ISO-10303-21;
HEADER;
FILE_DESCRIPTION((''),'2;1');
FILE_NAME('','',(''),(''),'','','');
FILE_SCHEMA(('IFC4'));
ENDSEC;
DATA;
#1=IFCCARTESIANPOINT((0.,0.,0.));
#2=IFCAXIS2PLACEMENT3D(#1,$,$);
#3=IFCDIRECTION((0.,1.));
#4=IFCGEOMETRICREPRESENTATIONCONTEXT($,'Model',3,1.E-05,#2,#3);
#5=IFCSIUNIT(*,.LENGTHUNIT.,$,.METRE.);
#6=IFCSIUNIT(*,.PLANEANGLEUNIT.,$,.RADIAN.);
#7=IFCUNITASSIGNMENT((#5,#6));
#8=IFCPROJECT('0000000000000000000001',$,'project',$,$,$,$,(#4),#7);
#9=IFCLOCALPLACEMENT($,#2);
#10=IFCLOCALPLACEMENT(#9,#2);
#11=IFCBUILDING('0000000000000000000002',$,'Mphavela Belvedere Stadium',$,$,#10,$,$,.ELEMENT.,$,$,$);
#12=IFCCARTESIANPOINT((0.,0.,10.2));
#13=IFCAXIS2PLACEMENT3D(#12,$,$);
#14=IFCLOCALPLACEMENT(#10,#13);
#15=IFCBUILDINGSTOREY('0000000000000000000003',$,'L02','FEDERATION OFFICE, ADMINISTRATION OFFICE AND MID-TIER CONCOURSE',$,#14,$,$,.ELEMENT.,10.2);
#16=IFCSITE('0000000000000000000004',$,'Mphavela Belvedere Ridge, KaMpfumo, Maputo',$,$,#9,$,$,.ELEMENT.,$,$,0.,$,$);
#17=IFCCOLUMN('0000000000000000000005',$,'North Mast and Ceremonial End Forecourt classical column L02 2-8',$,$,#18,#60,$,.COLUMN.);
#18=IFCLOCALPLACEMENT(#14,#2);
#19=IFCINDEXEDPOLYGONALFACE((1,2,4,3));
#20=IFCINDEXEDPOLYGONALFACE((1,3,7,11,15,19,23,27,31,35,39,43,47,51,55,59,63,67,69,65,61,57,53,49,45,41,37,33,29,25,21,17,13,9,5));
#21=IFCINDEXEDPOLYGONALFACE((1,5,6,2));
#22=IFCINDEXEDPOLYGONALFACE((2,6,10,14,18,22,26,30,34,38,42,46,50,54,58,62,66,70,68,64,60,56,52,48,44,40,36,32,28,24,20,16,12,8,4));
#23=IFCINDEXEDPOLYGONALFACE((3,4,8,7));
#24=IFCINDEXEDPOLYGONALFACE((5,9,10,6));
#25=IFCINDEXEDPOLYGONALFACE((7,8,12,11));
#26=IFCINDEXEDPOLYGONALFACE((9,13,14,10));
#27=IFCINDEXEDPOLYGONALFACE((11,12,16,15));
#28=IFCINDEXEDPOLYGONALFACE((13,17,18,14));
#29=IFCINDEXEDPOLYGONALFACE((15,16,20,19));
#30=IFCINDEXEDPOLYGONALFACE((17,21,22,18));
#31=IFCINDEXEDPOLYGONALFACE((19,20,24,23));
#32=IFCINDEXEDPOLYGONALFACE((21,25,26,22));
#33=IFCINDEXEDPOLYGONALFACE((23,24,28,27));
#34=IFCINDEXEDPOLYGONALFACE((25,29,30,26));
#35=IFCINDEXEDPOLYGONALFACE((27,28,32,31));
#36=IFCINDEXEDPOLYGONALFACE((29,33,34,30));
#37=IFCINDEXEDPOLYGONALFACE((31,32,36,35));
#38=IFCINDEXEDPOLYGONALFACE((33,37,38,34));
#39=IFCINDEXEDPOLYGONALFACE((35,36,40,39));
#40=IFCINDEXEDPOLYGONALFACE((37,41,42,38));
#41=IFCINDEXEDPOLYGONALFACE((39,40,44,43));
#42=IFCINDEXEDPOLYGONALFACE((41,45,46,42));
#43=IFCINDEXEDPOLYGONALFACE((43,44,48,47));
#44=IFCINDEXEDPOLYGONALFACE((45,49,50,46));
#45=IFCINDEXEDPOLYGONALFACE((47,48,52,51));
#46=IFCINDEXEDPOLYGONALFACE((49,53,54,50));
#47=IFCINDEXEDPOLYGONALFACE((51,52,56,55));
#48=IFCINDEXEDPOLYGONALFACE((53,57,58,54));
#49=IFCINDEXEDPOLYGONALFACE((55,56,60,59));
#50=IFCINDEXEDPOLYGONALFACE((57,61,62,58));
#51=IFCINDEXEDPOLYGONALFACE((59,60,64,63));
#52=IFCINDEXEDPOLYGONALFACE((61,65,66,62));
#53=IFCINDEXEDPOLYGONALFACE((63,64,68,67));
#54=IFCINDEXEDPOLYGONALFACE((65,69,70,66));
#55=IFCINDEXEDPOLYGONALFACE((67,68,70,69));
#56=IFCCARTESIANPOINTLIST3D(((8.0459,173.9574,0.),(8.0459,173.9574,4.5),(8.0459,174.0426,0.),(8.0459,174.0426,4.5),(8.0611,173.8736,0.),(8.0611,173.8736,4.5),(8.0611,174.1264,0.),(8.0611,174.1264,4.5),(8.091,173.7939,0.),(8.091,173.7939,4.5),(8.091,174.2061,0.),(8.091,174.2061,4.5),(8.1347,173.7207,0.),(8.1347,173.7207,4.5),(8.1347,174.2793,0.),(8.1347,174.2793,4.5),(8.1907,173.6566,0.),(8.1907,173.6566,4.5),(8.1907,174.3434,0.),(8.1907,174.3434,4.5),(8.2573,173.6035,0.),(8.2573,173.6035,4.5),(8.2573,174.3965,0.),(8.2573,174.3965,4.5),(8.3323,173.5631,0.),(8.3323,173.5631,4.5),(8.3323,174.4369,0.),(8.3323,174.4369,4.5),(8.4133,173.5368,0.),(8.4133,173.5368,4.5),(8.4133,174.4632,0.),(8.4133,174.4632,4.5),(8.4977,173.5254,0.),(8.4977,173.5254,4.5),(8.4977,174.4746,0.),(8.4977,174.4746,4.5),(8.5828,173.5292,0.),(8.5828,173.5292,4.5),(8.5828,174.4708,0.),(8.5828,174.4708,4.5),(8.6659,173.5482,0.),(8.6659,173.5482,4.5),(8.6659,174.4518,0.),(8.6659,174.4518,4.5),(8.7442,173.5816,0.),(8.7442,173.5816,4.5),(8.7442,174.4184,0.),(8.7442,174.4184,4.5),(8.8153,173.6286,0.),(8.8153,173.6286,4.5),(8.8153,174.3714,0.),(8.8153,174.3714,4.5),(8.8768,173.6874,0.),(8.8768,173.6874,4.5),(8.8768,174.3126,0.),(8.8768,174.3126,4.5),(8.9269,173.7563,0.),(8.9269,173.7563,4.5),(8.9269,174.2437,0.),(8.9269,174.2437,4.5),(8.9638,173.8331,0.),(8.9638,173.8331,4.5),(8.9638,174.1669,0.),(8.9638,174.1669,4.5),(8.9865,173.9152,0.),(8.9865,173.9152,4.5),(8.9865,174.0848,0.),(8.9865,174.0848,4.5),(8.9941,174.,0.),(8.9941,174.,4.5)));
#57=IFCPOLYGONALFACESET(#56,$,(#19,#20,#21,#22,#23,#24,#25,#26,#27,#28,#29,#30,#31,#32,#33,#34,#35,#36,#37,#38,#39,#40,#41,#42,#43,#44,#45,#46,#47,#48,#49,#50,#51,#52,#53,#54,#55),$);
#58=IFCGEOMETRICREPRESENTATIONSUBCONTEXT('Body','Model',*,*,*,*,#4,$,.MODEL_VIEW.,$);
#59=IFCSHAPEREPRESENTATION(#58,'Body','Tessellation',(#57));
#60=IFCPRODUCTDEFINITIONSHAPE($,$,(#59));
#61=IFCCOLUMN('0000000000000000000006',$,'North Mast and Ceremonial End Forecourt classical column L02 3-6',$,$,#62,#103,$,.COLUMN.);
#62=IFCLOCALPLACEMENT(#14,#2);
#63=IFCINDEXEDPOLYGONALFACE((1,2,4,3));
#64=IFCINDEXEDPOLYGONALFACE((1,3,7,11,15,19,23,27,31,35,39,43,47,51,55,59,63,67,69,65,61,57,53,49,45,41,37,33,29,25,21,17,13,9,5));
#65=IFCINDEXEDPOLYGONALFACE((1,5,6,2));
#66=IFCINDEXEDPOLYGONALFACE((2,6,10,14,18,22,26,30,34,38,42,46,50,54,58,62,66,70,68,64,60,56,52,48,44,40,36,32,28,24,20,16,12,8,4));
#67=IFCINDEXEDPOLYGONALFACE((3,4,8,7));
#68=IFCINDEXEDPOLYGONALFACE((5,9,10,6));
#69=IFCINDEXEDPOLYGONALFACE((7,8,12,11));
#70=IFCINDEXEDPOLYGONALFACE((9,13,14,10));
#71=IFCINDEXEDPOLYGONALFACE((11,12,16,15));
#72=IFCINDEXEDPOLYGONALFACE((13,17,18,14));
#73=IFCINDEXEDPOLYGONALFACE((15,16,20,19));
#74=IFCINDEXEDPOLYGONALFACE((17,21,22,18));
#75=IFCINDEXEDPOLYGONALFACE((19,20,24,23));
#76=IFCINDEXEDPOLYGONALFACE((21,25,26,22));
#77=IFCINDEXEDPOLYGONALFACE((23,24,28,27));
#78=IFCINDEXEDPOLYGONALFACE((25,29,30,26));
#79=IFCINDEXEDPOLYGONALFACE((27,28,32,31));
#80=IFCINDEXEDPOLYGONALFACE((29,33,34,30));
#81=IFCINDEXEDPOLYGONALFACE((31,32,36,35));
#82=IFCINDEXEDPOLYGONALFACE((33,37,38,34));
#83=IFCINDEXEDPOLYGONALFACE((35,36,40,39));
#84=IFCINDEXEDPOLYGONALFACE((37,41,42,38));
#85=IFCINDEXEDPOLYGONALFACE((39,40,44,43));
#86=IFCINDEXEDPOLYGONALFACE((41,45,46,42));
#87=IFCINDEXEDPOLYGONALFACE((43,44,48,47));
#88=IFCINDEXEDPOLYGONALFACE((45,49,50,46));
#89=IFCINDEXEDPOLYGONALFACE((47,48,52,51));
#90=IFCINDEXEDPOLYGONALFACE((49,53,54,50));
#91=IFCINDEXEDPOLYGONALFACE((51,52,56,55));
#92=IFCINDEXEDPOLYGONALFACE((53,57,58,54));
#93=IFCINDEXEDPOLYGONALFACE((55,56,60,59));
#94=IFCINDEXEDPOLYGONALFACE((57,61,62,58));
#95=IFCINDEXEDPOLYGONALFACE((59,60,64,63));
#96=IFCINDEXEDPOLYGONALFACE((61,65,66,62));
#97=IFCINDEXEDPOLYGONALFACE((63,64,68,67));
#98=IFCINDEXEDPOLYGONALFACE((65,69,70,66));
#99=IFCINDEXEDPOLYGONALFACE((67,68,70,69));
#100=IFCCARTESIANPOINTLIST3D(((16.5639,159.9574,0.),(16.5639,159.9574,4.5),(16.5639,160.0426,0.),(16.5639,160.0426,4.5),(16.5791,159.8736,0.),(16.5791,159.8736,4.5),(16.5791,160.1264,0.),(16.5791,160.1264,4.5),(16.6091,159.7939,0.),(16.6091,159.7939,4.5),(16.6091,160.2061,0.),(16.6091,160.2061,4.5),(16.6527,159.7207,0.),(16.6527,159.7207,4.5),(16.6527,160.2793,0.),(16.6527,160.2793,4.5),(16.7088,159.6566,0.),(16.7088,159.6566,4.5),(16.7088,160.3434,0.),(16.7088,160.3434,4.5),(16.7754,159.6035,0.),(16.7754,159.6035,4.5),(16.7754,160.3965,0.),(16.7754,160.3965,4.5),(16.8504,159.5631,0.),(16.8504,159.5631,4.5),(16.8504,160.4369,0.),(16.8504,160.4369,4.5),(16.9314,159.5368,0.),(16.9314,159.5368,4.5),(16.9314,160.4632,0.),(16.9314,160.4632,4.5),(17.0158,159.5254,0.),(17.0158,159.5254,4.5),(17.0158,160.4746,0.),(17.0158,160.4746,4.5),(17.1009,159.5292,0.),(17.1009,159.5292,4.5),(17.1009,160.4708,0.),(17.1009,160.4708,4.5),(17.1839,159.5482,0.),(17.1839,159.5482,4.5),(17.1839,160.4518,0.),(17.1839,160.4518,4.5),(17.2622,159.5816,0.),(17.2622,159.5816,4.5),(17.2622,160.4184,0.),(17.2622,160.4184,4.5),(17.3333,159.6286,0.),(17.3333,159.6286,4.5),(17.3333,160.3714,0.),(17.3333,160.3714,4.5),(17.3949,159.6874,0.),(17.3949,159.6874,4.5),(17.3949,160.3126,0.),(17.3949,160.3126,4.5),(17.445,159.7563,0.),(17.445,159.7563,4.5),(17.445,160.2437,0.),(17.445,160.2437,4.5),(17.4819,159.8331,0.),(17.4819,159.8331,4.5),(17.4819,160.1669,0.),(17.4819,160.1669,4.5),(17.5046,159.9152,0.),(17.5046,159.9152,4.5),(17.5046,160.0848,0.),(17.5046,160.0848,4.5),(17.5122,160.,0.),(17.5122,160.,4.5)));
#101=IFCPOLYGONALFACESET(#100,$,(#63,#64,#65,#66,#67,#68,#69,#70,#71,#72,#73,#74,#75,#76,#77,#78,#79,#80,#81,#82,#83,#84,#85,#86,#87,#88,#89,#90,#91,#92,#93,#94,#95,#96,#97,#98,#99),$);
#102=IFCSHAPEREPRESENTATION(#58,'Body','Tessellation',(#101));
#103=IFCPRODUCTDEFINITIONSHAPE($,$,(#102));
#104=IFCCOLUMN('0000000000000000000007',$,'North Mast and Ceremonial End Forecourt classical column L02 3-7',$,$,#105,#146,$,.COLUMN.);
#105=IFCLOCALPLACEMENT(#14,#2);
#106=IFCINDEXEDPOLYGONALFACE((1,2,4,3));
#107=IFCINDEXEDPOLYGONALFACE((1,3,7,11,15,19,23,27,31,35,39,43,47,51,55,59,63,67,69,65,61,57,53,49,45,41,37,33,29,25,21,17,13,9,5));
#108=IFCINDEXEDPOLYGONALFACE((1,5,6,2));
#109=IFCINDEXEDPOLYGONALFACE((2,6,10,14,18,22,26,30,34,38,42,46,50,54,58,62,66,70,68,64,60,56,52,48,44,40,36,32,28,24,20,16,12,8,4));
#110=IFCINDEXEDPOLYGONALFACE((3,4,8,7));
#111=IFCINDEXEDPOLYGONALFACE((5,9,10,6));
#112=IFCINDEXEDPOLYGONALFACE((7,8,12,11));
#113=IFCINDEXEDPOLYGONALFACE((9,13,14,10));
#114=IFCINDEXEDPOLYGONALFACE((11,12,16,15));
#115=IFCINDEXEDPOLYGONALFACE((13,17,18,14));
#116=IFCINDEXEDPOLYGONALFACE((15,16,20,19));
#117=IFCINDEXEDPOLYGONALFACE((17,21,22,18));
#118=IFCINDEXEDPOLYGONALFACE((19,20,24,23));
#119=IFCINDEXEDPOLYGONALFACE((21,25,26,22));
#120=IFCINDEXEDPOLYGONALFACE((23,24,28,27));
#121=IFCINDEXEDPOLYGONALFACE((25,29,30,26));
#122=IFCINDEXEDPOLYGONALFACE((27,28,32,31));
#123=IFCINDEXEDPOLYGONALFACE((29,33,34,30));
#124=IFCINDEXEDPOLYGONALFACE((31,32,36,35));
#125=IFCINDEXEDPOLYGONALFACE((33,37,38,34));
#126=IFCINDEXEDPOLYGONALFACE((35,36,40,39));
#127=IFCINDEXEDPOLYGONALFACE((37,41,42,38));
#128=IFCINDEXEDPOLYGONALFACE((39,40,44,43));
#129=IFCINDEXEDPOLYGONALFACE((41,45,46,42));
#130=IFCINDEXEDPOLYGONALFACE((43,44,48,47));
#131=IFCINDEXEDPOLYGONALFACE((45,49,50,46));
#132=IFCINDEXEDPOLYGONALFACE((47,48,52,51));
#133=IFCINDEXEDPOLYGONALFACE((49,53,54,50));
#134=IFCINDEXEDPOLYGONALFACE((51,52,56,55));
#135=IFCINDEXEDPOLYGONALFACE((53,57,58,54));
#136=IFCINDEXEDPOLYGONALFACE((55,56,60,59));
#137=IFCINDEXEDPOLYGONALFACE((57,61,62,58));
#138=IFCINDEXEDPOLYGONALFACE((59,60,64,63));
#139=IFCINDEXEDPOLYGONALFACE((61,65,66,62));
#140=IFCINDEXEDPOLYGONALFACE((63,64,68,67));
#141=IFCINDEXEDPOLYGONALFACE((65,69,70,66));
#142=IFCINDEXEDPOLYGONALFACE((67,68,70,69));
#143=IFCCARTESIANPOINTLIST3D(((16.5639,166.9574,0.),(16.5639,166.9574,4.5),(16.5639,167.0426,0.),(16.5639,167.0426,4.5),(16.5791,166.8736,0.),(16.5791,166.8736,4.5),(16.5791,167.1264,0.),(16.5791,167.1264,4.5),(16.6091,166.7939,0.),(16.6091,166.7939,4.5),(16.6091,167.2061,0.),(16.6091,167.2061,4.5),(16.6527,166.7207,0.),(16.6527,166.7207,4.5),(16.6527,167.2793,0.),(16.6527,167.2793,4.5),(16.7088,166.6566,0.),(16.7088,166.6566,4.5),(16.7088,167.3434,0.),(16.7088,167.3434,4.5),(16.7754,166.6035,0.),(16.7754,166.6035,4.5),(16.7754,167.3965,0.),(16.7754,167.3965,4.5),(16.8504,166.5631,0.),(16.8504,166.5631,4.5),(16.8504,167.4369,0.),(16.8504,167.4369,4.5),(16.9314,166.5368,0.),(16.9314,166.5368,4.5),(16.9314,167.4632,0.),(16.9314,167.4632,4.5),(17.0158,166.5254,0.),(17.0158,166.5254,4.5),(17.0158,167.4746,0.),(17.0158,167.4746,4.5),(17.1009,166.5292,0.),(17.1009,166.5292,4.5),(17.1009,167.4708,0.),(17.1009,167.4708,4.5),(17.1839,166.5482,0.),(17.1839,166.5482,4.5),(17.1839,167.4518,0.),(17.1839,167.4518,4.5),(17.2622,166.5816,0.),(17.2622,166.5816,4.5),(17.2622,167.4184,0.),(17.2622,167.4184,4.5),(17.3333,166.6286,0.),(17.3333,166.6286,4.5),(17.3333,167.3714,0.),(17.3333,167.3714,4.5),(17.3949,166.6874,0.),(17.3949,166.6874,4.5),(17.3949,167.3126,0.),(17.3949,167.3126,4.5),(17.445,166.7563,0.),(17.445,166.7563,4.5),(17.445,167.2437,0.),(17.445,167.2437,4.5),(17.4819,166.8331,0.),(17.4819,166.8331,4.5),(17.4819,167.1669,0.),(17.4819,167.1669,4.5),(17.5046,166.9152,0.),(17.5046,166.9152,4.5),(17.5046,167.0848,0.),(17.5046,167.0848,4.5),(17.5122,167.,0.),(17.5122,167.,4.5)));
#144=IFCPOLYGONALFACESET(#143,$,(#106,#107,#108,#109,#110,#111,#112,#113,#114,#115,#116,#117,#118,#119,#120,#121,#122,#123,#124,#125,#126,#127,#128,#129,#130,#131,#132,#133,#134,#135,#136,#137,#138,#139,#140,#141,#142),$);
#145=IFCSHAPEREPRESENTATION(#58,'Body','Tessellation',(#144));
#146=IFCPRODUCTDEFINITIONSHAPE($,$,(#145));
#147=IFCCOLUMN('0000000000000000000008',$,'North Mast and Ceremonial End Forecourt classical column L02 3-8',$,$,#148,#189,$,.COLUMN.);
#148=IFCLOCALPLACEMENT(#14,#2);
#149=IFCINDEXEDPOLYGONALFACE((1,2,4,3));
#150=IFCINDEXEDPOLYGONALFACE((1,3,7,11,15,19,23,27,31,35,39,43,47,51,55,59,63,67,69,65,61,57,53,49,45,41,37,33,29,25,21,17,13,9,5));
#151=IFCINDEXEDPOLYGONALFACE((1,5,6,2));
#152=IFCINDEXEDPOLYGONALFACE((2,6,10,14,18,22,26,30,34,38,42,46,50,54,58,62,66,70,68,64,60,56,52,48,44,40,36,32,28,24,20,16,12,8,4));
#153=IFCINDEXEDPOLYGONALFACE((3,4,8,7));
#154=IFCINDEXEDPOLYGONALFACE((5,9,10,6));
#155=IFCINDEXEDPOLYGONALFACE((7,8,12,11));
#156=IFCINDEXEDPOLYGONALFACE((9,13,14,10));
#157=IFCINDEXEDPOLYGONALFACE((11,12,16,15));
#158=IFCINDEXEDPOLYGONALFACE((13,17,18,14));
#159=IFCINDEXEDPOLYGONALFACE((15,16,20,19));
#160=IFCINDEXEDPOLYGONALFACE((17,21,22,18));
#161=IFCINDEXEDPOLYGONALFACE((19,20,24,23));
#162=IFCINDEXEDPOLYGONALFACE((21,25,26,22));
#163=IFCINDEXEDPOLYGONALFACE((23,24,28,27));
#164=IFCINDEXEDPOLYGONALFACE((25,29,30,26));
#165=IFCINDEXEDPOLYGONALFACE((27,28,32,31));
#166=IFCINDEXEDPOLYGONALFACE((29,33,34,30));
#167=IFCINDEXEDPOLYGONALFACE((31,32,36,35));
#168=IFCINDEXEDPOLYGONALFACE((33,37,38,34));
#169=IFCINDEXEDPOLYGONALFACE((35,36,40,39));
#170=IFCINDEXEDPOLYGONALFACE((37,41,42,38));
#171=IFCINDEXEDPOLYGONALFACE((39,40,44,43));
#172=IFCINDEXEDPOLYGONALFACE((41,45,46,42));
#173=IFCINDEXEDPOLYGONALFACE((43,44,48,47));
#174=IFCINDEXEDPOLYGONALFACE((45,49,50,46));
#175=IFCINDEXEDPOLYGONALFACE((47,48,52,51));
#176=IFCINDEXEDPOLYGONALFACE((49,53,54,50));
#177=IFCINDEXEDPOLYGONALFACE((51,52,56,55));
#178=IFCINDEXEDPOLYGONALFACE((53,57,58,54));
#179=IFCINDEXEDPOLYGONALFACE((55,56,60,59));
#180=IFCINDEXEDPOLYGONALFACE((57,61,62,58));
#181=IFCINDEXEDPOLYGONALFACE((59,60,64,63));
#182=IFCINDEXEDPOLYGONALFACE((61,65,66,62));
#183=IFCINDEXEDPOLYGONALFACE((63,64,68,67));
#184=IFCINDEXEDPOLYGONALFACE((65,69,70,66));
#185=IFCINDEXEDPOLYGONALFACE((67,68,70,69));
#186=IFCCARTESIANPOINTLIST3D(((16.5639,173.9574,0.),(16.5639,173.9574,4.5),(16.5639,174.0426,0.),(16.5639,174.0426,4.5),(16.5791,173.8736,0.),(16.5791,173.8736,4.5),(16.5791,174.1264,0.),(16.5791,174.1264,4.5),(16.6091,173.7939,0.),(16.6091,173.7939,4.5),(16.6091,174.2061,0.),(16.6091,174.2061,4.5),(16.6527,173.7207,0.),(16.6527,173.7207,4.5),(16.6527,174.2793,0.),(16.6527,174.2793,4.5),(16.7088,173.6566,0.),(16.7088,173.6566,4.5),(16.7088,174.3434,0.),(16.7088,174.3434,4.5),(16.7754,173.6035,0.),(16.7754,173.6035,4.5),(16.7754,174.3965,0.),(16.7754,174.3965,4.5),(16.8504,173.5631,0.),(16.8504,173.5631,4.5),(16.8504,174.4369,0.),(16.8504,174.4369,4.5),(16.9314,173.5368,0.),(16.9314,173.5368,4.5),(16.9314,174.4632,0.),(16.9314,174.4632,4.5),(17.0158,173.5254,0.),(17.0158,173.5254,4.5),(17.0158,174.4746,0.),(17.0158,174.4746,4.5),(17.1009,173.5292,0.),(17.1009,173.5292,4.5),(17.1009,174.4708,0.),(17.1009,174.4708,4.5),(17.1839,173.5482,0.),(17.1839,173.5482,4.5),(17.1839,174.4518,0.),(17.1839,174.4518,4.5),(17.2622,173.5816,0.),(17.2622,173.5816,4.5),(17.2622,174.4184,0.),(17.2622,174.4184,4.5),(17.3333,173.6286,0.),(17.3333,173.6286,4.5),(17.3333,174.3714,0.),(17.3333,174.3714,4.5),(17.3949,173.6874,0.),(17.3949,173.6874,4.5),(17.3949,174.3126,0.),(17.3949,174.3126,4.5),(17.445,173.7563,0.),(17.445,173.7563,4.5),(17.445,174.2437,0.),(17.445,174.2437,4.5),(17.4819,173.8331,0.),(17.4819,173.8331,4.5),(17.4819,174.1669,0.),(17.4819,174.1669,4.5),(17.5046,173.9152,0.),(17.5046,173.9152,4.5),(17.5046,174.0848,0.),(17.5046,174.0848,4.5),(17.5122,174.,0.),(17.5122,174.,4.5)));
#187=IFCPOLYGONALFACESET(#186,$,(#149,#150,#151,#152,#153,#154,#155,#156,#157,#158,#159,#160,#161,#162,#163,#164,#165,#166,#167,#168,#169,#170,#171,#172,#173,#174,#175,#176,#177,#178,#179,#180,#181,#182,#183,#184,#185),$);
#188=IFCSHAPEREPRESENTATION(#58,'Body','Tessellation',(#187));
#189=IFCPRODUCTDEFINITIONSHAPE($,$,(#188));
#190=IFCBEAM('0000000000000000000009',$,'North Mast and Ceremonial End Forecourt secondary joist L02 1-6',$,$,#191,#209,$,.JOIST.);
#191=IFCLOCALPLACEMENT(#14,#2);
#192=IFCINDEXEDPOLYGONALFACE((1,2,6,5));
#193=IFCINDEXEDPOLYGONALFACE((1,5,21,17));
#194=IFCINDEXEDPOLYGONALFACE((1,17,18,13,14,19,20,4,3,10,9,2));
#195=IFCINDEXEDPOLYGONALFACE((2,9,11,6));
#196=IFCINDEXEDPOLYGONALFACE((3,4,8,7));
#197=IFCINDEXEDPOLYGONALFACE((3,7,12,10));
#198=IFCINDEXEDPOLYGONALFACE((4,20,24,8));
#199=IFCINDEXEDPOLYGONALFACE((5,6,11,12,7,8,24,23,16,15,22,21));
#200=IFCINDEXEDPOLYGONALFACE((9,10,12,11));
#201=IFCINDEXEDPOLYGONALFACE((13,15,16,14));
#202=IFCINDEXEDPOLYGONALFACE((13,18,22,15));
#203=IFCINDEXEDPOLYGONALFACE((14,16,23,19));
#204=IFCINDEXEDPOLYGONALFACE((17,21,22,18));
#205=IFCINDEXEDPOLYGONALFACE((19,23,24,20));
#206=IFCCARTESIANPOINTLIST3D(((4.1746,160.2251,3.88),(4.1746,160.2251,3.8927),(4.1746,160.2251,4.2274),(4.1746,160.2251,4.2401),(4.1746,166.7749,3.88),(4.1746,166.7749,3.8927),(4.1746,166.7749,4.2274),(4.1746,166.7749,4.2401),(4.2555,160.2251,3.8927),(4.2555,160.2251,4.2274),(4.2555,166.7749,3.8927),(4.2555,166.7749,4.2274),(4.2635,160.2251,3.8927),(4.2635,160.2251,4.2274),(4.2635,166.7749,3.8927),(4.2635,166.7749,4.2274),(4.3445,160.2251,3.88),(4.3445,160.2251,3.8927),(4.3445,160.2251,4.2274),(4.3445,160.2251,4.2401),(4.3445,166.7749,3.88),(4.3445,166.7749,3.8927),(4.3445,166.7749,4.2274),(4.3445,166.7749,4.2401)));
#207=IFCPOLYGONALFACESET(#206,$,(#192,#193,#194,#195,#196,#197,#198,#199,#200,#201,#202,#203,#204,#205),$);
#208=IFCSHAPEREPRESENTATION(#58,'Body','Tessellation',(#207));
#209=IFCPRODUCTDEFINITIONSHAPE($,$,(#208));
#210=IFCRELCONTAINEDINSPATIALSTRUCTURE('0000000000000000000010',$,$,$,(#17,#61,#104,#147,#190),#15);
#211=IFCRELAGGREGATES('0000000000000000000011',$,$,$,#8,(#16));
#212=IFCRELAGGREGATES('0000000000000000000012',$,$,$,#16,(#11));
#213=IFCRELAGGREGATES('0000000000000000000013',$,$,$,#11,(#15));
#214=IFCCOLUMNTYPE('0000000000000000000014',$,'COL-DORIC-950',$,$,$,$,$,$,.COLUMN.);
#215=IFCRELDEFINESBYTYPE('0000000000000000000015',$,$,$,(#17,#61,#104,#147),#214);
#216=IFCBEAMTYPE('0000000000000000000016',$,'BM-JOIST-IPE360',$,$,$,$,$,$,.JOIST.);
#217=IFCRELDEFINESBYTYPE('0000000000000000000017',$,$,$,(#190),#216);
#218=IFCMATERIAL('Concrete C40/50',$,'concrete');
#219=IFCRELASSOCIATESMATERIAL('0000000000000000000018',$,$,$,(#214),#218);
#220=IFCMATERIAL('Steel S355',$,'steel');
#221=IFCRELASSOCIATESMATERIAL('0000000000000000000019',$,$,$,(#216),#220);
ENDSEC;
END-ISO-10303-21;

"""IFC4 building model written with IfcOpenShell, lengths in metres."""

from ifc_helpers import new_model, si_unit, direction, frame, origin, origin_2d, place, context, subcontext, project, spatial, circle, i_section, extrude, material, material_profile, profile_set, type_object, element, save


model = new_model("IFC4")

# Units and contexts
model_context = context("Model", 3, precision=1e-05, world=origin(), true_north=direction((0.0, 1.0)))
body_context = subcontext(model_context, "Body", "Model", "MODEL_VIEW")
ifc_project = project(units=[si_unit("LENGTHUNIT", "METRE"), si_unit("PLANEANGLEUNIT", "RADIAN")], contexts=[model_context])

# Site, building, storey
site_placement = place(None, origin())
site = spatial("IfcSite", under=ifc_project, at=site_placement, Name="Mphavela Belvedere Ridge, KaMpfumo, Maputo", CompositionType="ELEMENT", RefElevation=0.0)
building_placement = place(site_placement, origin())
building = spatial("IfcBuilding", under=site, at=building_placement, Name="Mphavela Belvedere Stadium", CompositionType="ELEMENT")
storey_placement = place(building_placement, frame((0.0, 0.0, 10.2)))
storey = spatial("IfcBuildingStorey", under=building, at=storey_placement, Name="L02", Description="FEDERATION OFFICE, ADMINISTRATION OFFICE AND MID-TIER CONCOURSE", CompositionType="ELEMENT", Elevation=10.2)

# Columns
ifc_material_1 = material(Name="Concrete C40/50", Category="concrete")
ifc_material_profile_1 = material_profile(ifc_material_1, circle(Radius=0.4751, at=origin_2d()), Name="COL D950")
ifc_profile_set_1 = profile_set([ifc_material_profile_1], Name="Concrete C40/50")
column_type = type_object("IfcColumnType", Name="COL-DORIC-950", PredefinedType="COLUMN", material=ifc_profile_set_1)
for number, where, z_axis, x_axis, name in (
    (1, (8.519, 174.0, 0.0), (0.0, 0.0, 1.0), (1.0, 0.0, 0.0), "North Mast and Ceremonial End Forecourt classical column L02 2-8"),
    (2, (17.0371, 160.0, 0.0), (0.0, 0.0, 1.0), (1.0, 0.0, 0.0), "North Mast and Ceremonial End Forecourt classical column L02 3-6"),
    (3, (17.0371, 167.0, 0.0), (0.0, 0.0, 1.0), (1.0, 0.0, 0.0), "North Mast and Ceremonial End Forecourt classical column L02 3-7"),
    (4, (17.0371, 174.0, 0.0), (0.0, 0.0, 1.0), (1.0, 0.0, 0.0), "North Mast and Ceremonial End Forecourt classical column L02 3-8"),
):
    element("IfcColumn", number, at=place(storey_placement, frame(where, z_axis=z_axis, x_axis=x_axis)), inside=storey, type_object=column_type, Name=name, PredefinedType="COLUMN", context=body_context, shape_type="SweptSolid", body=[
        extrude(circle(Radius=0.4751, at=origin_2d()), origin(), (0.0, 0.0, 1.0), 4.5),
    ])

# Beam
ifc_material_2 = material(Name="Steel S355", Category="steel")
ifc_material_profile_2 = material_profile(ifc_material_2, i_section(OverallWidth=0.1699, OverallDepth=0.3601, WebThickness=0.0081, FlangeThickness=0.0127, at=origin_2d()), Name="IPE 360")
ifc_profile_set_2 = profile_set([ifc_material_profile_2], Name="Steel S355")
beam_type_1 = type_object("IfcBeamType", Name="BM-JOIST-IPE360", PredefinedType="JOIST", material=ifc_profile_set_2)
for number, where, z_axis, x_axis, name in (
    (5, (4.2595, 160.2251, 4.0601), (0.0, 1.0, 0.0), (-1.0, 0.0, 0.0), "North Mast and Ceremonial End Forecourt secondary joist L02 1-6"),
):
    element("IfcBeam", number, at=place(storey_placement, frame(where, z_axis=z_axis, x_axis=x_axis)), inside=storey, type_object=beam_type_1, Name=name, PredefinedType="JOIST", context=body_context, shape_type="SweptSolid", body=[
        extrude(i_section(OverallWidth=0.1699, OverallDepth=0.3601, WebThickness=0.0081, FlangeThickness=0.0127, at=origin_2d()), origin(), (0.0, 0.0, 1.0), 6.5498),
    ])

save(model, "model.ifc")
